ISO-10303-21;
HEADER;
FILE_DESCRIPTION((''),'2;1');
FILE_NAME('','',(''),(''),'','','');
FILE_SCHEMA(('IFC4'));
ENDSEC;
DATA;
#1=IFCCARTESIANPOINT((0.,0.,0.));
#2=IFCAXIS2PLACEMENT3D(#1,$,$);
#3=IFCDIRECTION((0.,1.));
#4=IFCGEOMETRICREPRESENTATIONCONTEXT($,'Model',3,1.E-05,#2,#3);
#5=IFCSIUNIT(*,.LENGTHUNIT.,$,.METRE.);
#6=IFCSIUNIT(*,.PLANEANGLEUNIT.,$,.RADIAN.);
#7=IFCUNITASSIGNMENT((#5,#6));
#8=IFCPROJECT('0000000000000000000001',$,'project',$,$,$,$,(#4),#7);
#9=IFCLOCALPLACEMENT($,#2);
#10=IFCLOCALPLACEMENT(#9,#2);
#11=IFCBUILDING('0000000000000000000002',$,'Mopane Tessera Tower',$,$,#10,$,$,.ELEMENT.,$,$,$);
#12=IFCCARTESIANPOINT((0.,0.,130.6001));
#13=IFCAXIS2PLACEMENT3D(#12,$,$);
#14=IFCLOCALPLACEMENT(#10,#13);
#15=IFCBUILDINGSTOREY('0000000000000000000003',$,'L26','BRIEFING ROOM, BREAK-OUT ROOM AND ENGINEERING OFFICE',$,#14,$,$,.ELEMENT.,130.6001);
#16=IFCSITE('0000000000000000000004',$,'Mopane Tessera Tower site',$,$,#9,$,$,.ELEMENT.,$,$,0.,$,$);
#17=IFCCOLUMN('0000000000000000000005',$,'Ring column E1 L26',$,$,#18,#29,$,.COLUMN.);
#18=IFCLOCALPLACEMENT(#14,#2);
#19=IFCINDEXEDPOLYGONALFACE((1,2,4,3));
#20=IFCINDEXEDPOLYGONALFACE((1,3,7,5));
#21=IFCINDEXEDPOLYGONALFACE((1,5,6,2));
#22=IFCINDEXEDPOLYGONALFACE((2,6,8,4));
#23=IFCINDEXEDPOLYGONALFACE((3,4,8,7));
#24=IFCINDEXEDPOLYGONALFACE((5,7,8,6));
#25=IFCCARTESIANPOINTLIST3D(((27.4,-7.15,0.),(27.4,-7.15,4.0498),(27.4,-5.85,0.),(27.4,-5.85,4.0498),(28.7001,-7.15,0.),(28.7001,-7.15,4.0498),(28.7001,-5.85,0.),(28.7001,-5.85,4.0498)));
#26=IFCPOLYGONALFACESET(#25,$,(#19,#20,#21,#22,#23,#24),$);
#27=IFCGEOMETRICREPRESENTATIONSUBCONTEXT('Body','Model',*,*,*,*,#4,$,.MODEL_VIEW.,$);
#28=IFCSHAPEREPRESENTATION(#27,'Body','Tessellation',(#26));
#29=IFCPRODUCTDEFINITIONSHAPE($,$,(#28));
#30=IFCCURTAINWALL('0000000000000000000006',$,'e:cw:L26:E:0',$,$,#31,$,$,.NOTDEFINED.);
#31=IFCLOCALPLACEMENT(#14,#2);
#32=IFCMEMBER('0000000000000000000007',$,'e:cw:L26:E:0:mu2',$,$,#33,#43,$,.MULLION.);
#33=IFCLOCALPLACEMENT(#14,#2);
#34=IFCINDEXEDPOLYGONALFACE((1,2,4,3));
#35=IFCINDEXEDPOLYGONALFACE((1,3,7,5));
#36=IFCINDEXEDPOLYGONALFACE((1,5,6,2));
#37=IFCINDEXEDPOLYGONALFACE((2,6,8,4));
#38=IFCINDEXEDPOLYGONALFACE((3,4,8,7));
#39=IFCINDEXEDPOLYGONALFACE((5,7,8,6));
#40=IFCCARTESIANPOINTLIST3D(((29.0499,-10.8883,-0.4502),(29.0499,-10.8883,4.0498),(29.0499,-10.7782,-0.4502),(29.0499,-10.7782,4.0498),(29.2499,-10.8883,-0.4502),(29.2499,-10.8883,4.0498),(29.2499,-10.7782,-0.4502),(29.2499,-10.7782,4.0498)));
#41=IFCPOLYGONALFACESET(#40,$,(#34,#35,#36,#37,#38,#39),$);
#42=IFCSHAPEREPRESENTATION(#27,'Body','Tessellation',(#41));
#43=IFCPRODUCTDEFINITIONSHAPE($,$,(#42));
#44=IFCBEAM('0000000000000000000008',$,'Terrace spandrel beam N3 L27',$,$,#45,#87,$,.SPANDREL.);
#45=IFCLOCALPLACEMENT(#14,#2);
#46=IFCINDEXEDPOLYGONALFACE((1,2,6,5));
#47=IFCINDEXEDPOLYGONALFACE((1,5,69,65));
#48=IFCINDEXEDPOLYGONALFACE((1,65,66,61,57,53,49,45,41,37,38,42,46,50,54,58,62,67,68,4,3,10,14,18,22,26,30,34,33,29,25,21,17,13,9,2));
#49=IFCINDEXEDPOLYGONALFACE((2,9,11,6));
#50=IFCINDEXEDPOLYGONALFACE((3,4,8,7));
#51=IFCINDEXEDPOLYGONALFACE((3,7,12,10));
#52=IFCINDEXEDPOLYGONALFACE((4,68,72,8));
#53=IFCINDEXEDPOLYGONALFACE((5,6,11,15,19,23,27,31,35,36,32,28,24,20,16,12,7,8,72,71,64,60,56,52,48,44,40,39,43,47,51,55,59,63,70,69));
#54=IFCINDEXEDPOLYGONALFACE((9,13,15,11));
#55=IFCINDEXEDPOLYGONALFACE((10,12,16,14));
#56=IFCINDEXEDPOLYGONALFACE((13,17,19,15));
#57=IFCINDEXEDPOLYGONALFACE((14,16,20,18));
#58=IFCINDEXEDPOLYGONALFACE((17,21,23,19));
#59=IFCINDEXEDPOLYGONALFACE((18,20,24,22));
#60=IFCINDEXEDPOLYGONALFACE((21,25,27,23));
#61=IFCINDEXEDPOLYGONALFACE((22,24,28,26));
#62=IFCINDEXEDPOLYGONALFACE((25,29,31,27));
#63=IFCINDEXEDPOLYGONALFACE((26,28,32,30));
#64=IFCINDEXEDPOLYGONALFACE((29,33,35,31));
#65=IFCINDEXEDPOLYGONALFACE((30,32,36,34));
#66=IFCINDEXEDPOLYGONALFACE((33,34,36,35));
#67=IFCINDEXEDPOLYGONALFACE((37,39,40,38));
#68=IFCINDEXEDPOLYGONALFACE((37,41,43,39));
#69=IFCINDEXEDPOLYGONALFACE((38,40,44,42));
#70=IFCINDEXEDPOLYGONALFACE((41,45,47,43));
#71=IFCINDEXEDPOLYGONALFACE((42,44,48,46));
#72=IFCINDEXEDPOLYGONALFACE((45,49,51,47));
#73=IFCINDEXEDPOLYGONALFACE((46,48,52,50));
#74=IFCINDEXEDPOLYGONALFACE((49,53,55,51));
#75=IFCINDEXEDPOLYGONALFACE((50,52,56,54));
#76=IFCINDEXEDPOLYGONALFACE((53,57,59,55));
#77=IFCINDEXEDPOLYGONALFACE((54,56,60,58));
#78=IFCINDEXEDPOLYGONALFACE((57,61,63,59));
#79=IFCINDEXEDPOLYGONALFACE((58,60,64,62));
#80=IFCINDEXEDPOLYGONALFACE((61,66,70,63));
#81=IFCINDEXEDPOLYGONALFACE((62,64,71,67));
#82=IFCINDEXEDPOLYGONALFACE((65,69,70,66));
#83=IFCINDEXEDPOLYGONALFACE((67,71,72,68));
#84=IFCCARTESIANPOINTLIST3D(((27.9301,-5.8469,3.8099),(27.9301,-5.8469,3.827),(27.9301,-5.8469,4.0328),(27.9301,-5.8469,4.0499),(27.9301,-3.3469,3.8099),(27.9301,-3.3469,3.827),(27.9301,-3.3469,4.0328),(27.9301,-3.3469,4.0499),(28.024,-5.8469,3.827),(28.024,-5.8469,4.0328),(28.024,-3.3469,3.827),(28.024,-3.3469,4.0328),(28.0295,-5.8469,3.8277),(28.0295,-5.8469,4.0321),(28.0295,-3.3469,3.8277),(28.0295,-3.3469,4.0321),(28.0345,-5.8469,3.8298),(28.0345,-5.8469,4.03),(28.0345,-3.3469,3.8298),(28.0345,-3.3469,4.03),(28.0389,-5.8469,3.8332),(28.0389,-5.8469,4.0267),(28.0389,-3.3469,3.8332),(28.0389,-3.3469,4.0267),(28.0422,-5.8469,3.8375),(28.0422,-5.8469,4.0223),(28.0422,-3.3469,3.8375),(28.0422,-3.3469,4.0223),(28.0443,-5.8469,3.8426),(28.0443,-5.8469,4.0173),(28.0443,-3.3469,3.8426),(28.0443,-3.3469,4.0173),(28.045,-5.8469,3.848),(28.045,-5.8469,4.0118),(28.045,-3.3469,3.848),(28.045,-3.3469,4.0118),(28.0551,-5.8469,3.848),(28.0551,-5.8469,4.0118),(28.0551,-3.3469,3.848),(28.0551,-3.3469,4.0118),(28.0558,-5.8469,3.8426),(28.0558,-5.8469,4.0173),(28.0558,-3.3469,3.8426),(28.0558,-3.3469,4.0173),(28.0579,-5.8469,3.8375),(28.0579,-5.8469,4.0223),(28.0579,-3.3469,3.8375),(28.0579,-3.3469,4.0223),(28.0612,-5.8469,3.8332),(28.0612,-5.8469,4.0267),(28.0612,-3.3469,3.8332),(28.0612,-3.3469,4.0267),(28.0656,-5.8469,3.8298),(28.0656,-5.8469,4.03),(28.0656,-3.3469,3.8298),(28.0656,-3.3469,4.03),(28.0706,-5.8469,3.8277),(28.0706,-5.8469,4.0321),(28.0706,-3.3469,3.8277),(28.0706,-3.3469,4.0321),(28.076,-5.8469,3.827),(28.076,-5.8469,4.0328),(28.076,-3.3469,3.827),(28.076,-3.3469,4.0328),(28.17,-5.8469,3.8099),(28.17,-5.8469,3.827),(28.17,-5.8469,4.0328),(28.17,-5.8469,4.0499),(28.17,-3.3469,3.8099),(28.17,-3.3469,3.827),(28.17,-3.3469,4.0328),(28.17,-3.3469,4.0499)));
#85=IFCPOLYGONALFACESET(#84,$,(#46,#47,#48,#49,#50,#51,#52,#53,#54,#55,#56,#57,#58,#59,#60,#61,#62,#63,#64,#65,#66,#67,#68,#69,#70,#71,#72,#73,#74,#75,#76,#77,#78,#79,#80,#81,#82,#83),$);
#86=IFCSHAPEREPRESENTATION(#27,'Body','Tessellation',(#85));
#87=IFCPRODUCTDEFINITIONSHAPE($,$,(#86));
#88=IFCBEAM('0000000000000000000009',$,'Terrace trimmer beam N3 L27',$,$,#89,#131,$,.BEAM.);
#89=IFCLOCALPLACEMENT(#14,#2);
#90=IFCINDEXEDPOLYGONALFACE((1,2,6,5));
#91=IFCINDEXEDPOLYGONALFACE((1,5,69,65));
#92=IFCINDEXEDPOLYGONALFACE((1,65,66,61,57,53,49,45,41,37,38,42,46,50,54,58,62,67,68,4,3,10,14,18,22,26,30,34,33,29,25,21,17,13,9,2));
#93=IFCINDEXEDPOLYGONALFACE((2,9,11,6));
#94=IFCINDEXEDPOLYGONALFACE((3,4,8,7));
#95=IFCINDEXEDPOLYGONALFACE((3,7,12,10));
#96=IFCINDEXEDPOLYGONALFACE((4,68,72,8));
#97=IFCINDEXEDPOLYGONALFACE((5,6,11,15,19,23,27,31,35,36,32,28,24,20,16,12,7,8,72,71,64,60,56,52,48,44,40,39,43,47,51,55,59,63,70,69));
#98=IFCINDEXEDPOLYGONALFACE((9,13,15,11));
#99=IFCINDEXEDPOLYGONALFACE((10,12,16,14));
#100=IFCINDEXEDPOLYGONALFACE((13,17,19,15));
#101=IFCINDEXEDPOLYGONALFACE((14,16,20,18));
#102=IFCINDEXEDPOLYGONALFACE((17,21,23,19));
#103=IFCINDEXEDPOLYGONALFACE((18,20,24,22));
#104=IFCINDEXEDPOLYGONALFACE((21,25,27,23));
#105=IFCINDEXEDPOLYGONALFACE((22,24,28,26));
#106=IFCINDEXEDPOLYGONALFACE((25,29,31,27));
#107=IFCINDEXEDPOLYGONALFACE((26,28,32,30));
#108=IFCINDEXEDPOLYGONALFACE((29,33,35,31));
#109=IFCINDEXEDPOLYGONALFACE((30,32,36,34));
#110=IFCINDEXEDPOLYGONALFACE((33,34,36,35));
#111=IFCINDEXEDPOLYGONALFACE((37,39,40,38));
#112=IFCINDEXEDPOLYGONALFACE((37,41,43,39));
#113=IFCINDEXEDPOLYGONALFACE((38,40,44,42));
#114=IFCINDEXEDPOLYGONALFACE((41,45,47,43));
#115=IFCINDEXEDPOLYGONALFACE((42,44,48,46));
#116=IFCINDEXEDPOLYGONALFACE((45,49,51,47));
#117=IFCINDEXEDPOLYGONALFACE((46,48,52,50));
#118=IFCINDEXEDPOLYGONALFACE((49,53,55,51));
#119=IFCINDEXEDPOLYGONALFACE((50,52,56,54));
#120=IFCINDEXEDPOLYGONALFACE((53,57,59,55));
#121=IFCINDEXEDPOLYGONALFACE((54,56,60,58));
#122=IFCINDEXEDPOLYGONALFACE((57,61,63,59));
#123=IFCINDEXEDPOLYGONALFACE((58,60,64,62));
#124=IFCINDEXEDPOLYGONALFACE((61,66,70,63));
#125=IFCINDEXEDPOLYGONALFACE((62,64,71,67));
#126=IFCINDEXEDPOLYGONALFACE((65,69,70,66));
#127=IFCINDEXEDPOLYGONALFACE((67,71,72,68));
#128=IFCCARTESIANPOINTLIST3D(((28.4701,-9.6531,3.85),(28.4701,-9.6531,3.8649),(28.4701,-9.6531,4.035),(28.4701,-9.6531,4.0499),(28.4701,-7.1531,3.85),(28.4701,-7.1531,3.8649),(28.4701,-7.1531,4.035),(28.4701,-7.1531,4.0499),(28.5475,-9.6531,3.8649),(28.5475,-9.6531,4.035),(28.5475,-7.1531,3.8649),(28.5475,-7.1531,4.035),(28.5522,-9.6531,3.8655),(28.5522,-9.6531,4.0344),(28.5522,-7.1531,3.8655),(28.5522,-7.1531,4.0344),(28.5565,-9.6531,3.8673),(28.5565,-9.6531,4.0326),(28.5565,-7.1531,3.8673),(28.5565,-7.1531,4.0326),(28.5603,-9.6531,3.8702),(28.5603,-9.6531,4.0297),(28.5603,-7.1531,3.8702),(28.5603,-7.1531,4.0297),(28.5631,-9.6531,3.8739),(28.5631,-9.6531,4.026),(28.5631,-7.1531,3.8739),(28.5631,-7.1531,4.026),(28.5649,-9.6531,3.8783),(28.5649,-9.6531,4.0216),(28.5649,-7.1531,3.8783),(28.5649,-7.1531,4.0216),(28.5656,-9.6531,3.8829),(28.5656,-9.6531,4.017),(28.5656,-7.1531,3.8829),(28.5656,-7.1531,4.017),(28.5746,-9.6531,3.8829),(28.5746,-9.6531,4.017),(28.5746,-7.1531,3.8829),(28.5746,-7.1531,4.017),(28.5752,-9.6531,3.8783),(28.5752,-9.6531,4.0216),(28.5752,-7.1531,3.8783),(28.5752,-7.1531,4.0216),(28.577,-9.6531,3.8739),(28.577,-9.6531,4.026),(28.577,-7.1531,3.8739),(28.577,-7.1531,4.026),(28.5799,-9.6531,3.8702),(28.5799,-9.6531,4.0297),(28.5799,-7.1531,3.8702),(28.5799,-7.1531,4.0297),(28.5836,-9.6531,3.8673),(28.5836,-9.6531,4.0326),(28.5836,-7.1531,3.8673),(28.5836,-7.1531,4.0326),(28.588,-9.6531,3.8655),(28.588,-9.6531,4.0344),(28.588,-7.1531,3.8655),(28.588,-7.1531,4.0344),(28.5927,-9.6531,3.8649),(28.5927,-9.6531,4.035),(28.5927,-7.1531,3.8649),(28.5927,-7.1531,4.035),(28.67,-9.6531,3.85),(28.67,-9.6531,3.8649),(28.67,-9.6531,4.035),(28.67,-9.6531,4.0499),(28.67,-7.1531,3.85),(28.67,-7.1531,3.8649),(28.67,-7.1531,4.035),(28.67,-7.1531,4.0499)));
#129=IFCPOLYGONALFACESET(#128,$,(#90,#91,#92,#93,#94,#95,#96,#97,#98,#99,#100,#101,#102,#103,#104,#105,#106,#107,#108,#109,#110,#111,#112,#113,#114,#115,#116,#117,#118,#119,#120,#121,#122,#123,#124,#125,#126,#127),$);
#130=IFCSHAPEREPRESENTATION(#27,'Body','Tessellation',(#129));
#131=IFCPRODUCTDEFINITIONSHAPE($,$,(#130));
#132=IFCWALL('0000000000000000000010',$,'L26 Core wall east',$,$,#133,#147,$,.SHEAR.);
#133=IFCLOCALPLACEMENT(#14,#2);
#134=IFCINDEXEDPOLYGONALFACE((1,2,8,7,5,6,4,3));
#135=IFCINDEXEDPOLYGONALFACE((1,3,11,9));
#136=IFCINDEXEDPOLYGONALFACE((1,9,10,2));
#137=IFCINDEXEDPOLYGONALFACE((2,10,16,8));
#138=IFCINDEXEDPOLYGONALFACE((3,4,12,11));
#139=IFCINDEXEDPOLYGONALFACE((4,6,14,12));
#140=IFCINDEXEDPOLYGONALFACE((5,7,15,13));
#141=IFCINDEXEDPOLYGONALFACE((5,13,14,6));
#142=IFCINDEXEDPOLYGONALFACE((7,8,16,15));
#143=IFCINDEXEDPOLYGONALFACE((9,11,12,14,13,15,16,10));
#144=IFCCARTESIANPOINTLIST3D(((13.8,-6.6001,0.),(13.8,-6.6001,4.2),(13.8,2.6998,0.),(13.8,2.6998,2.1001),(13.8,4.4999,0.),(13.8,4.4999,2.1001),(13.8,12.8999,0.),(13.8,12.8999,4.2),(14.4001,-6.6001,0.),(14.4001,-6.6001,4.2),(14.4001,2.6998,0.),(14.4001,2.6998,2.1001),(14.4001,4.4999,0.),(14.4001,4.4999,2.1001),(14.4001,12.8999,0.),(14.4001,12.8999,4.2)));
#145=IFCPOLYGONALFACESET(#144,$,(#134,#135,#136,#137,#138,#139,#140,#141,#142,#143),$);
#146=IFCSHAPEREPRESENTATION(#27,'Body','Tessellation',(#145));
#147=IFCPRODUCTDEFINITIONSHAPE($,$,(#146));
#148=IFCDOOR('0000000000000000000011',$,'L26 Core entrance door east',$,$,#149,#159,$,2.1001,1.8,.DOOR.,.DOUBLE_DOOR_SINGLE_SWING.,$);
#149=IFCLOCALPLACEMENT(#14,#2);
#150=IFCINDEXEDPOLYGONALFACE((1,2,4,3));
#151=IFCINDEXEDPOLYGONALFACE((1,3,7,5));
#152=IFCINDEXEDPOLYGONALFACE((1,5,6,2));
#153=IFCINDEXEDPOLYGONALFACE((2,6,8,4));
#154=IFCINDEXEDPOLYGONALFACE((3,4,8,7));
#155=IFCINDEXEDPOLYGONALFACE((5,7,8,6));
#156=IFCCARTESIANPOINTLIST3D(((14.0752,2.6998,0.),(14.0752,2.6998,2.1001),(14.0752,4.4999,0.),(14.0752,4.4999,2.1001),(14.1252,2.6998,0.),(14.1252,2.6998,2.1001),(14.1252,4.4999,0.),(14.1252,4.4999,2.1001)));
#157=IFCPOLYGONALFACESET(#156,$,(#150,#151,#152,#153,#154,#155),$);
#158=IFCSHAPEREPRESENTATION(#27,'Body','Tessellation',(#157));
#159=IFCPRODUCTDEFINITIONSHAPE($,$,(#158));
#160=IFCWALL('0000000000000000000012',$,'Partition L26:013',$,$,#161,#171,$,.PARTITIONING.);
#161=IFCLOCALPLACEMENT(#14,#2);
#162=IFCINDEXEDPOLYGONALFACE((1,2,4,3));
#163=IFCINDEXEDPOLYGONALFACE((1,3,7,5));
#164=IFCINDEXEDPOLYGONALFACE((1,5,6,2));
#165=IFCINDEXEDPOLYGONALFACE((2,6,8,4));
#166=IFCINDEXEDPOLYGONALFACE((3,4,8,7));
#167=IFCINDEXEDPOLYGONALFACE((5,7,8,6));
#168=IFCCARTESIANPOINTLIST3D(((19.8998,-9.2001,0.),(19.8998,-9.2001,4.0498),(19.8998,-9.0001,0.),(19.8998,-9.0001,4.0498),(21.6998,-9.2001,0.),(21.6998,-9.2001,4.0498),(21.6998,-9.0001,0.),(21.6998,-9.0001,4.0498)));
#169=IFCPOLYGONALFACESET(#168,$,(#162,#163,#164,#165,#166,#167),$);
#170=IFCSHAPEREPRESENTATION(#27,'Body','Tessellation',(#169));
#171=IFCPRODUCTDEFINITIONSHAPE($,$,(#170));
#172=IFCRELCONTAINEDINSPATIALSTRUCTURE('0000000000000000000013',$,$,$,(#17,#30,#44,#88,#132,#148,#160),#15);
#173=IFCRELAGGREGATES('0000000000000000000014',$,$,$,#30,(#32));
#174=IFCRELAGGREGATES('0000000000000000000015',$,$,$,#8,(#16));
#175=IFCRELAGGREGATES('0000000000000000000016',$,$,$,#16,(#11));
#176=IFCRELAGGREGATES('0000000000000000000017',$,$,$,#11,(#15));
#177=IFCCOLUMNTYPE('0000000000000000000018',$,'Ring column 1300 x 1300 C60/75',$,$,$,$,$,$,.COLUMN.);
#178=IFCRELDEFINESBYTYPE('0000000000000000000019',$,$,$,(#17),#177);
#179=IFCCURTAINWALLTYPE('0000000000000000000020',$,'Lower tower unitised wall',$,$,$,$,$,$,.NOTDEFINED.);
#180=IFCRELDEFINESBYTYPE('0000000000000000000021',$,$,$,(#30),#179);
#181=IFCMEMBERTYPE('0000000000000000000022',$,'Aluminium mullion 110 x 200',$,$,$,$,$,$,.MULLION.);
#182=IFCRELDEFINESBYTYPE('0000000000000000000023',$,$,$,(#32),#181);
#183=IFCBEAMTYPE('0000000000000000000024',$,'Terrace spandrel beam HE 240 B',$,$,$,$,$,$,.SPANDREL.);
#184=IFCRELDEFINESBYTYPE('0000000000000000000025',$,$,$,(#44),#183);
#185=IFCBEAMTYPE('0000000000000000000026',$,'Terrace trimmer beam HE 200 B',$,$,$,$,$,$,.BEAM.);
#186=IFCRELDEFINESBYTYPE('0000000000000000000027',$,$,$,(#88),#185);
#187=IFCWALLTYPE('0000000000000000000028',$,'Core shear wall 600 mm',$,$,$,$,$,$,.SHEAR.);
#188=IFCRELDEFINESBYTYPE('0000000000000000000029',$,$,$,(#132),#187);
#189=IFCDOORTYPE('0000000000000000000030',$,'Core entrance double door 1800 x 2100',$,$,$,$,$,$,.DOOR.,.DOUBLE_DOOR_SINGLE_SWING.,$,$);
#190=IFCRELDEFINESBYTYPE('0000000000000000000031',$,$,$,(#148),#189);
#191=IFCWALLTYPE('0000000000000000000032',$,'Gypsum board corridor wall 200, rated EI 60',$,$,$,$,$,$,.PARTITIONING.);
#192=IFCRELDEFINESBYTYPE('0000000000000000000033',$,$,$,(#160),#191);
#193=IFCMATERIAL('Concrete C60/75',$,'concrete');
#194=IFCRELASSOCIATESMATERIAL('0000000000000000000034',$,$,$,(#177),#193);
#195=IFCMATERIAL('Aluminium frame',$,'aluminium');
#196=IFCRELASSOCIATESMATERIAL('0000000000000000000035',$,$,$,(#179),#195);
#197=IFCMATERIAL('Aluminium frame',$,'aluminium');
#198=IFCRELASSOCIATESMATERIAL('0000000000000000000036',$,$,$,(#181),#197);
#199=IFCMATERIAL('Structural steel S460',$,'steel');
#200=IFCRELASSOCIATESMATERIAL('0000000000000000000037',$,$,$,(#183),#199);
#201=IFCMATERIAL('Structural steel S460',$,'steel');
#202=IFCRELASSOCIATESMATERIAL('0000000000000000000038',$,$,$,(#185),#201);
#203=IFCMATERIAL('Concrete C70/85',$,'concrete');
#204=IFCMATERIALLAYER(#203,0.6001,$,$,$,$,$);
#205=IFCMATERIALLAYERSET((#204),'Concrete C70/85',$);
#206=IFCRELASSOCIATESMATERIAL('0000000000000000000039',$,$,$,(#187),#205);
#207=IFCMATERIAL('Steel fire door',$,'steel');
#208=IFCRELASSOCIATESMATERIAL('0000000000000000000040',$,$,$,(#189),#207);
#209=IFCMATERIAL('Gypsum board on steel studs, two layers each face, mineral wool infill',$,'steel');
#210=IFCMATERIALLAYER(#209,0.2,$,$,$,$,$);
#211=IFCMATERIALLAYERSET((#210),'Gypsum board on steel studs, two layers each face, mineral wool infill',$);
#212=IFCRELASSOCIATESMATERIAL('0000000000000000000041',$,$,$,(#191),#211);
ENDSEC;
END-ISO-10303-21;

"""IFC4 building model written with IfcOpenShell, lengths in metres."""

from ifc_helpers import new_model, si_unit, direction, frame, frame_2d, origin, origin_2d, place, context, subcontext, project, spatial, rectangle, i_section, extrude, material, layer, layer_set, material_profile, profile_set, type_object, element, fill, aggregate, save


model = new_model("IFC4")

# Units and contexts
model_context = context("Model", 3, precision=1e-05, world=origin(), true_north=direction((0.0, 1.0)))
body_context = subcontext(model_context, "Body", "Model", "MODEL_VIEW")
ifc_project = project(units=[si_unit("LENGTHUNIT", "METRE"), si_unit("PLANEANGLEUNIT", "RADIAN")], contexts=[model_context])

# Site, building, storey
site_placement = place(None, origin())
site = spatial("IfcSite", under=ifc_project, at=site_placement, Name="Mopane Tessera Tower site", CompositionType="ELEMENT", RefElevation=0.0)
building_placement = place(site_placement, origin())
building = spatial("IfcBuilding", under=site, at=building_placement, Name="Mopane Tessera Tower", CompositionType="ELEMENT")
storey_placement = place(building_placement, frame((0.0, 0.0, 130.6001)))
storey = spatial("IfcBuildingStorey", under=building, at=storey_placement, Name="L26", Description="BRIEFING ROOM, BREAK-OUT ROOM AND ENGINEERING OFFICE", CompositionType="ELEMENT", Elevation=130.6001)

# Column
ifc_material_1 = material(Name="Concrete C60/75", Category="concrete")
ifc_material_profile_1 = material_profile(ifc_material_1, rectangle(XDim=1.3, YDim=1.3, at=origin_2d()))
ifc_profile_set_1 = profile_set([ifc_material_profile_1], Name="Concrete C60/75")
column_type = type_object("IfcColumnType", Name="Ring column 1300 x 1300 C60/75", PredefinedType="COLUMN", material=ifc_profile_set_1)
column_placement = place(storey_placement, frame((28.05, -6.5, 0.0), z_axis=(0.0, 0.0, 1.0), x_axis=(1.0, 0.0, 0.0)))
element("IfcColumn", 1, at=column_placement, inside=storey, type_object=column_type, Name="Ring column E1 L26", PredefinedType="COLUMN", context=body_context, shape_type="SweptSolid", body=[
    extrude(rectangle(XDim=1.3, YDim=1.3, at=origin_2d()), origin(), (0.0, 0.0, 1.0), 4.0498),
])

# Curtain wall, member
ifc_material_2 = material(Name="Aluminium frame", Category="aluminium")
curtain_wall_type = type_object("IfcCurtainWallType", Name="Lower tower unitised wall", PredefinedType="NOTDEFINED", material=ifc_material_2)
curtain_wall_placement = place(storey_placement, origin())
curtain_wall = element("IfcCurtainWall", 2, at=curtain_wall_placement, inside=storey, type_object=curtain_wall_type, Name="e:cw:L26:E:0", PredefinedType="NOTDEFINED")
ifc_material_3 = material(Name="Aluminium frame", Category="aluminium")
ifc_material_profile_2 = material_profile(ifc_material_3, rectangle(XDim=0.1101, YDim=0.2, at=origin_2d()))
ifc_profile_set_2 = profile_set([ifc_material_profile_2], Name="Aluminium frame")
member_type = type_object("IfcMemberType", Name="Aluminium mullion 110 x 200", PredefinedType="MULLION", material=ifc_profile_set_2)
member_placement = place(storey_placement, frame((29.1499, -10.8333, -0.4502), z_axis=(0.0, 0.0, 1.0), x_axis=(0.0, 1.0, 0.0)))
member = element("IfcMember", 3, at=member_placement, type_object=member_type, Name="e:cw:L26:E:0:mu2", PredefinedType="MULLION", context=body_context, shape_type="SweptSolid", body=[
    extrude(rectangle(XDim=0.1101, YDim=0.2, at=origin_2d()), origin(), (0.0, 0.0, 1.0), 4.5),
])
aggregate(curtain_wall, [member])

# Beams
ifc_material_4 = material(Name="Structural steel S460", Category="steel")
ifc_material_profile_3 = material_profile(ifc_material_4, i_section(OverallWidth=0.24, OverallDepth=0.24, WebThickness=0.01, FlangeThickness=0.0171, FilletRadius=0.021, at=origin_2d()))
ifc_profile_set_3 = profile_set([ifc_material_profile_3], Name="Structural steel S460")
beam_type_1 = type_object("IfcBeamType", Name="Terrace spandrel beam HE 240 B", PredefinedType="SPANDREL", material=ifc_profile_set_3)
beam_1_placement = place(storey_placement, frame((28.05, -5.8469, 3.9299), z_axis=(0.0, 1.0, 0.0), x_axis=(-1.0, 0.0, 0.0)))
element("IfcBeam", 4, at=beam_1_placement, inside=storey, type_object=beam_type_1, Name="Terrace spandrel beam N3 L27", PredefinedType="SPANDREL", context=body_context, shape_type="SweptSolid", body=[
    extrude(i_section(OverallWidth=0.24, OverallDepth=0.24, WebThickness=0.01, FlangeThickness=0.0171, FilletRadius=0.021, at=origin_2d()), origin(), (0.0, 0.0, 1.0), 2.5),
])
ifc_material_5 = material(Name="Structural steel S460", Category="steel")
ifc_material_profile_4 = material_profile(ifc_material_5, i_section(OverallWidth=0.2, OverallDepth=0.2, WebThickness=0.009, FlangeThickness=0.0149, FilletRadius=0.0181, at=origin_2d()))
ifc_profile_set_4 = profile_set([ifc_material_profile_4], Name="Structural steel S460")
beam_type_2 = type_object("IfcBeamType", Name="Terrace trimmer beam HE 200 B", PredefinedType="BEAM", material=ifc_profile_set_4)
beam_2_placement = place(storey_placement, frame((28.5701, -7.1531, 3.95), z_axis=(0.0, -1.0, 0.0), x_axis=(1.0, 0.0, 0.0)))
element("IfcBeam", 5, at=beam_2_placement, inside=storey, type_object=beam_type_2, Name="Terrace trimmer beam N3 L27", PredefinedType="BEAM", context=body_context, shape_type="SweptSolid", body=[
    extrude(i_section(OverallWidth=0.2, OverallDepth=0.2, WebThickness=0.009, FlangeThickness=0.0149, FilletRadius=0.0181, at=origin_2d()), origin(), (0.0, 0.0, 1.0), 2.5),
])

# Wall, opening, door
ifc_material_6 = material(Name="Concrete C70/85", Category="concrete")
ifc_layer_1 = layer(ifc_material_6, 0.6001)
ifc_layer_set_1 = layer_set([ifc_layer_1], Name="Concrete C70/85")
wall_type_1 = type_object("IfcWallType", Name="Core shear wall 600 mm", PredefinedType="SHEAR", material=ifc_layer_set_1)
wall_1_placement = place(storey_placement, frame((14.1001, -6.6001, 0.0), z_axis=(0.0, 0.0, 1.0), x_axis=(0.0, 1.0, 0.0)))
wall_1 = element("IfcWall", 6, at=wall_1_placement, inside=storey, type_object=wall_type_1, Name="L26 Core wall east", PredefinedType="SHEAR", context=body_context, shape_type="SweptSolid", body=[
    extrude(rectangle(XDim=19.5, YDim=0.6001, at=frame_2d((9.75, 0.0))), origin(), (0.0, 0.0, 1.0), 4.2),
])
opening_1_placement = place(wall_1_placement, frame((9.3, 0.0, 0.0)))
opening_1 = element("IfcOpeningElement", 7, at=opening_1_placement, cuts=wall_1, PredefinedType="OPENING", context=body_context, shape_type="SweptSolid", body=[
    extrude(rectangle(XDim=1.8, YDim=2.1001, at=frame_2d((0.8999, 1.05))), frame((0.0, 0.312, 0.0), z_axis=(0.0, -1.0, 0.0), x_axis=(1.0, 0.0, 0.0)), (0.0, 0.0, 1.0), 0.624),
])
ifc_material_7 = material(Name="Steel fire door", Category="steel")
door_type_1 = type_object("IfcDoorType", Name="Core entrance double door 1800 x 2100", OperationType="DOUBLE_DOOR_SINGLE_SWING", PredefinedType="DOOR", material=ifc_material_7)
door_1_placement = place(opening_1_placement, origin())
door_1 = element("IfcDoor", 8, at=door_1_placement, inside=storey, type_object=door_type_1, Name="L26 Core entrance door east", OperationType="DOUBLE_DOOR_SINGLE_SWING", OverallHeight=2.1001, OverallWidth=1.8, PredefinedType="DOOR", context=body_context, shape_type="SweptSolid", body=[
    extrude(rectangle(XDim=1.8, YDim=2.1001, at=frame_2d((0.8999, 1.05))), frame((0.0, 0.0249, 0.0), z_axis=(0.0, -1.0, 0.0), x_axis=(1.0, 0.0, 0.0)), (0.0, 0.0, 1.0), 0.05),
])
fill(opening_1, door_1)

# Wall
ifc_material_8 = material(Name="Gypsum board on steel studs, two layers each face, mineral wool infill", Category="steel")
ifc_layer_2 = layer(ifc_material_8, 0.2)
ifc_layer_set_2 = layer_set([ifc_layer_2], Name="Gypsum board on steel studs, two layers each face, mineral wool infill")
wall_type_2 = type_object("IfcWallType", Name="Gypsum board corridor wall 200, rated EI 60", PredefinedType="PARTITIONING", material=ifc_layer_set_2)
wall_2_placement = place(storey_placement, frame((19.8999, -9.1001, 0.0), z_axis=(0.0, 0.0, 1.0), x_axis=(1.0, 0.0, 0.0)))
element("IfcWall", 9, at=wall_2_placement, inside=storey, type_object=wall_type_2, Name="Partition L26:013", PredefinedType="PARTITIONING", context=body_context, shape_type="SweptSolid", body=[
    extrude(rectangle(XDim=1.8, YDim=0.2, at=frame_2d((0.8999, 0.0))), origin(), (0.0, 0.0, 1.0), 4.0498),
])

save(model, "model.ifc")
